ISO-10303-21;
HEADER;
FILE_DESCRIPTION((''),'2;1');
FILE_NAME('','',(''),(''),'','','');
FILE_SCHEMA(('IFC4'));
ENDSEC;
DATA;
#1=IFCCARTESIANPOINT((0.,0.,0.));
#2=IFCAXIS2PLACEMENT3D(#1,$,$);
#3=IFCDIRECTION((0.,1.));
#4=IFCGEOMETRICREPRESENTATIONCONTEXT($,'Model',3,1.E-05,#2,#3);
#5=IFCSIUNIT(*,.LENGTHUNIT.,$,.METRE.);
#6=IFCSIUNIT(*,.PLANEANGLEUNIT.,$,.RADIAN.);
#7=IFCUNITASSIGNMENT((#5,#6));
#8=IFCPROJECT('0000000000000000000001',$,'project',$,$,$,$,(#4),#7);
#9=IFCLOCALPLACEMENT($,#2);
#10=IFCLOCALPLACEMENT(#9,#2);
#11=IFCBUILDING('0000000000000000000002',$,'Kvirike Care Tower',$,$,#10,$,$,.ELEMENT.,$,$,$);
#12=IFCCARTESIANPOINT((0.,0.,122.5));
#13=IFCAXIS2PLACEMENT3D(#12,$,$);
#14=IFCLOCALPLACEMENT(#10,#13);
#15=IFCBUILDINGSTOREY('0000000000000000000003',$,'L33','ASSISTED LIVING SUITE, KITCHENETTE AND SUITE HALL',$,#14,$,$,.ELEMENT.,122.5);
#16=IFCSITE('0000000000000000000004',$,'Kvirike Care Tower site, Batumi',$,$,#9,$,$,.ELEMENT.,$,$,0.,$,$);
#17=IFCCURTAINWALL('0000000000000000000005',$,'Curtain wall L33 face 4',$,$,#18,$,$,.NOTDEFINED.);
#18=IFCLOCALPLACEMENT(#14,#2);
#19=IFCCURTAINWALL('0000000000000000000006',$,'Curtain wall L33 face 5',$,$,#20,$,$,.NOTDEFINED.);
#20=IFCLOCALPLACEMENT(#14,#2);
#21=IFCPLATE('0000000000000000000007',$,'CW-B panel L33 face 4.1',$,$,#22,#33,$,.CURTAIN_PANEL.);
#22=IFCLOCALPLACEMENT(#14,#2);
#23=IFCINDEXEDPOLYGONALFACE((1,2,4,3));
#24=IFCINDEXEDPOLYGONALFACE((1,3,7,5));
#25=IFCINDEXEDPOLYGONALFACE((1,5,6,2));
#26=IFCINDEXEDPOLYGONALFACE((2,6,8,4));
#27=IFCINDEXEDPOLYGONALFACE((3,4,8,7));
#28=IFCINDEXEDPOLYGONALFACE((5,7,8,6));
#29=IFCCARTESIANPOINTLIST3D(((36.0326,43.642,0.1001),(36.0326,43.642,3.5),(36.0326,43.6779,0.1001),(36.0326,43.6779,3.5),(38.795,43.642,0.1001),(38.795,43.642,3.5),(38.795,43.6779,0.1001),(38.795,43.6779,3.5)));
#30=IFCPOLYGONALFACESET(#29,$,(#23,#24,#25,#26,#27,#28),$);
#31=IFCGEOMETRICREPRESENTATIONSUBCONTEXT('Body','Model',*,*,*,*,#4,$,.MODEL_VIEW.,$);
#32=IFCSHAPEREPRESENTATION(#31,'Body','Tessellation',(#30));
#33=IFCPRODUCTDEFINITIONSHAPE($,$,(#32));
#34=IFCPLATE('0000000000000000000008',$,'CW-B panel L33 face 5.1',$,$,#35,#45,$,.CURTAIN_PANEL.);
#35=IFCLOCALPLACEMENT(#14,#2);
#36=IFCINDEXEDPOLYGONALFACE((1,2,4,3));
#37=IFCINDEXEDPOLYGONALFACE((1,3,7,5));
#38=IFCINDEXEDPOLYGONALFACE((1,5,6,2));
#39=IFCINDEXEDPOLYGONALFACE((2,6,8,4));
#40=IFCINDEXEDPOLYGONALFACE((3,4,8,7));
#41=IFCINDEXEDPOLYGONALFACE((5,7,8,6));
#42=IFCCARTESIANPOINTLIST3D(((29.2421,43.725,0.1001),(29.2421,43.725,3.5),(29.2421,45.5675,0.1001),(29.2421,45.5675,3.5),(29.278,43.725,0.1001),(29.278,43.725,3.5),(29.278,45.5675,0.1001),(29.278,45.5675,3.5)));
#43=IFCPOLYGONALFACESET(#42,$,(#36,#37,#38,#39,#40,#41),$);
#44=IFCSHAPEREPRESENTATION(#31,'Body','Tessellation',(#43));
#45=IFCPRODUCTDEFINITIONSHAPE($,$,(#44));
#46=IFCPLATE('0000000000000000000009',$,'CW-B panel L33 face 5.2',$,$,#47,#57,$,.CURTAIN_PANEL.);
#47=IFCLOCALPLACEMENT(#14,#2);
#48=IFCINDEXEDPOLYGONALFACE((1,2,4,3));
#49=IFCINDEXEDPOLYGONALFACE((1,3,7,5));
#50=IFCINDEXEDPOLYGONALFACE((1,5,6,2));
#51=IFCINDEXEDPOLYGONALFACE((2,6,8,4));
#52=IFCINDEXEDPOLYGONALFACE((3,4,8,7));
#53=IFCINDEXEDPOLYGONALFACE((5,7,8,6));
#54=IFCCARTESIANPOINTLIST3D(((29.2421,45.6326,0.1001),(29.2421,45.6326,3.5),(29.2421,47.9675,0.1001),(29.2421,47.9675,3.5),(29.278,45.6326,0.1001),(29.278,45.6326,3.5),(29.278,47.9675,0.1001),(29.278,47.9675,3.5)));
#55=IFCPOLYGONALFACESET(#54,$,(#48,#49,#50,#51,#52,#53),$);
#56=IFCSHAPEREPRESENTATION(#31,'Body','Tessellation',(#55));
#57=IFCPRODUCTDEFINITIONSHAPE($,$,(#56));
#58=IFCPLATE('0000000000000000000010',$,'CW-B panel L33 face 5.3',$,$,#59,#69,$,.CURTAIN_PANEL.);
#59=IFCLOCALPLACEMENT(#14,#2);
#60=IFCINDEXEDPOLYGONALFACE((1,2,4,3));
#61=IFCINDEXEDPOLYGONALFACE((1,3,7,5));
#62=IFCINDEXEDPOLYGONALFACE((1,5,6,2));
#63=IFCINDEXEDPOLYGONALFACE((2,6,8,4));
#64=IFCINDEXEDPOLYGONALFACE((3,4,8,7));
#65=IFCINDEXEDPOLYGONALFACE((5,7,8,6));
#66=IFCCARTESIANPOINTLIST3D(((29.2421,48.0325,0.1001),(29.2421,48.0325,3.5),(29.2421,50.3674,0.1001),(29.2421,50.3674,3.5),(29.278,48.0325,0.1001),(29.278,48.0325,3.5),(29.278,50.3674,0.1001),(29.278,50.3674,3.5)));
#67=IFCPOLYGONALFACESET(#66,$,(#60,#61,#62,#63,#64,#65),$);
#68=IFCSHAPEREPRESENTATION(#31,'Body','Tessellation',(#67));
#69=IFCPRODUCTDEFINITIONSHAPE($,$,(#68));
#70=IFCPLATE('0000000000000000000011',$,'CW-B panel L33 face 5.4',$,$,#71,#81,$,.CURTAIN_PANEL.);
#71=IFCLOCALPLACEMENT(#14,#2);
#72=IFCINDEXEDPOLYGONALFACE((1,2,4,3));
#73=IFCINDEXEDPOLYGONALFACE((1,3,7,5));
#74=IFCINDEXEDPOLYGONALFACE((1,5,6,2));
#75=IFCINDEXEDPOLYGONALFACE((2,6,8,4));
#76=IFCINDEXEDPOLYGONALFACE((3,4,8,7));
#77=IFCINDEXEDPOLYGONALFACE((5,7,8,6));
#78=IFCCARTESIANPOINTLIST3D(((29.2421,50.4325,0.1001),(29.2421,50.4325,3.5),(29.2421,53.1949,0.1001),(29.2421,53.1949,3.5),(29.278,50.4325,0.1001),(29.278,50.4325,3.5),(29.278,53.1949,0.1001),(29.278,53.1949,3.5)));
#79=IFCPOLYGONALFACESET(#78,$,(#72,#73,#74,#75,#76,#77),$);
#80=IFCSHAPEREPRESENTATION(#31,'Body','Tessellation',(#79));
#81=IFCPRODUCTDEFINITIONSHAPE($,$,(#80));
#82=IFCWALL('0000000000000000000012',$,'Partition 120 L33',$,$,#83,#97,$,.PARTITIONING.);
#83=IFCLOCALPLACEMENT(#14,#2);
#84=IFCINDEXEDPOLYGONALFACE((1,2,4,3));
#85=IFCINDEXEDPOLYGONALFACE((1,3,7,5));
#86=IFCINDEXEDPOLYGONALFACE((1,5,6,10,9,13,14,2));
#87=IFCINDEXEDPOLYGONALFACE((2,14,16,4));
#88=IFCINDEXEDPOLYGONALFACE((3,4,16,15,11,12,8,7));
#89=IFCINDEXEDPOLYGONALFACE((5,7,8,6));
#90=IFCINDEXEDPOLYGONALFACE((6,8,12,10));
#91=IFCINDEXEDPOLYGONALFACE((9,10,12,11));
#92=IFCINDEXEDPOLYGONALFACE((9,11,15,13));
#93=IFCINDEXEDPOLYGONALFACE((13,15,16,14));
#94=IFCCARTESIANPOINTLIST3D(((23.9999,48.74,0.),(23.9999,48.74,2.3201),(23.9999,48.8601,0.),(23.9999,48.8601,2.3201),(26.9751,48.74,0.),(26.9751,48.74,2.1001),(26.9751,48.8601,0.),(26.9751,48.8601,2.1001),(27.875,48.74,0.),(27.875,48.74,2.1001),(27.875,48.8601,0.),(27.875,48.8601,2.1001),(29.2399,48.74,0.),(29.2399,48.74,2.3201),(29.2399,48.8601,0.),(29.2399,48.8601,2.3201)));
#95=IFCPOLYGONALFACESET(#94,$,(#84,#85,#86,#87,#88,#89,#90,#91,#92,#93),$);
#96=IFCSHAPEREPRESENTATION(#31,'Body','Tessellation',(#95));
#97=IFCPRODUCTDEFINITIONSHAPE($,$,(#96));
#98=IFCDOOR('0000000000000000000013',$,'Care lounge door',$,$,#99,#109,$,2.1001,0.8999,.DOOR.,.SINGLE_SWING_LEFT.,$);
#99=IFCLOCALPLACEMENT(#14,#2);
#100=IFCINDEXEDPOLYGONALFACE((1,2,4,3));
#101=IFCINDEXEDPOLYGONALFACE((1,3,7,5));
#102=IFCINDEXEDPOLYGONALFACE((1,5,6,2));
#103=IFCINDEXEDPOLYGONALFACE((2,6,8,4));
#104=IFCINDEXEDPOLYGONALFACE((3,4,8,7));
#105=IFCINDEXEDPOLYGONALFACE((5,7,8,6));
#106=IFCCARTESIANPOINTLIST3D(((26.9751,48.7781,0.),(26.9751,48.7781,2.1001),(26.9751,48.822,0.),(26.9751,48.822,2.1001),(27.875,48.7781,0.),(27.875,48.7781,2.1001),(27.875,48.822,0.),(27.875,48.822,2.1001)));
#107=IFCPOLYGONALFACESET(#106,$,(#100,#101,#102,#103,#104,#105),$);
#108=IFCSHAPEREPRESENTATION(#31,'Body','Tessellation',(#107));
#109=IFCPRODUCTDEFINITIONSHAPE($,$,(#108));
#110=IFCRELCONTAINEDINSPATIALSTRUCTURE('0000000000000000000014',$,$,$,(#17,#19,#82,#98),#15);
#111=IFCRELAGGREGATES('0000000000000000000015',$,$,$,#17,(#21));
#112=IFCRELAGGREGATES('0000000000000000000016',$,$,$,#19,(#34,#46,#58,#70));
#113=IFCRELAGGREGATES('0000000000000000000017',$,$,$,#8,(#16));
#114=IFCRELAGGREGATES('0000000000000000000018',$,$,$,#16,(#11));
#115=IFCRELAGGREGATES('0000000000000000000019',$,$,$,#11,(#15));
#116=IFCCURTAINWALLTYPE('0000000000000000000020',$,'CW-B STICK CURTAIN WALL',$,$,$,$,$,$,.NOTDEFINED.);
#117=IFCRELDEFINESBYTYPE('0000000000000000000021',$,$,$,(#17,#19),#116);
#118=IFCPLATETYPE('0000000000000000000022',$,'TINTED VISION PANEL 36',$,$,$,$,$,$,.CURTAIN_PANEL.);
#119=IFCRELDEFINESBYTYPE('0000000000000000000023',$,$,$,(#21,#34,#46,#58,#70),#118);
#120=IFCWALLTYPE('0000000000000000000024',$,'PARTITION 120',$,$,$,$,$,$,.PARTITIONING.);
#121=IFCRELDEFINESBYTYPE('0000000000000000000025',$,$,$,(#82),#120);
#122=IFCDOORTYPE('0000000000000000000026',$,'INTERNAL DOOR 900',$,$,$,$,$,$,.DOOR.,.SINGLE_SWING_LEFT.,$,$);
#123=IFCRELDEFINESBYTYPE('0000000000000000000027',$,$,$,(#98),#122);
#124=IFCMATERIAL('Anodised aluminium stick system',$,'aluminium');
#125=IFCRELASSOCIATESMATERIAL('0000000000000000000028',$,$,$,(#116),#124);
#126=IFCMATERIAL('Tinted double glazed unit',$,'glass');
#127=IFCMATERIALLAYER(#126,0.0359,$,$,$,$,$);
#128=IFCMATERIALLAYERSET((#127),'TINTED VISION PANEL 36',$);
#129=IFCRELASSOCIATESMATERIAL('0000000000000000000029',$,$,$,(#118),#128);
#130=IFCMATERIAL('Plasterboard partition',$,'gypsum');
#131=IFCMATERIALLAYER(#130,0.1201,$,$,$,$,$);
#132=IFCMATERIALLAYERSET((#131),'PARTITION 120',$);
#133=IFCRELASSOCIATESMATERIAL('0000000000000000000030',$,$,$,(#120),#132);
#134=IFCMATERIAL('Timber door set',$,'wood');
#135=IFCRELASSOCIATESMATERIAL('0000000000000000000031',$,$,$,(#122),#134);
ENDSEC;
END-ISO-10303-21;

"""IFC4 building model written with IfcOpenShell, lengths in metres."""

from ifc_helpers import new_model, si_unit, direction, frame, frame_2d, origin, origin_2d, place, context, subcontext, project, spatial, rectangle, extrude, material, layer, layer_set, type_object, element, fill, aggregate, save


model = new_model("IFC4")

# Units and contexts
model_context = context("Model", 3, precision=1e-05, world=origin(), true_north=direction((0.0, 1.0)))
body_context = subcontext(model_context, "Body", "Model", "MODEL_VIEW")
ifc_project = project(units=[si_unit("LENGTHUNIT", "METRE"), si_unit("PLANEANGLEUNIT", "RADIAN")], contexts=[model_context])

# Site, building, storey
site_placement = place(None, origin())
site = spatial("IfcSite", under=ifc_project, at=site_placement, Name="Kvirike Care Tower site, Batumi", CompositionType="ELEMENT", RefElevation=0.0)
building_placement = place(site_placement, origin())
building = spatial("IfcBuilding", under=site, at=building_placement, Name="Kvirike Care Tower", CompositionType="ELEMENT")
storey_placement = place(building_placement, frame((0.0, 0.0, 122.5)))
storey = spatial("IfcBuildingStorey", under=building, at=storey_placement, Name="L33", Description="ASSISTED LIVING SUITE, KITCHENETTE AND SUITE HALL", CompositionType="ELEMENT", Elevation=122.5)

# Curtain walls
ifc_material_1 = material(Name="Anodised aluminium stick system", Category="aluminium")
curtain_wall_type = type_object("IfcCurtainWallType", Name="CW-B STICK CURTAIN WALL", PredefinedType="NOTDEFINED", material=ifc_material_1)
curtain_wall_1_placement = place(storey_placement, origin())
curtain_wall_1 = element("IfcCurtainWall", 1, at=curtain_wall_1_placement, inside=storey, type_object=curtain_wall_type, Name="Curtain wall L33 face 4", PredefinedType="NOTDEFINED")
curtain_wall_2_placement = place(storey_placement, origin())
curtain_wall_2 = element("IfcCurtainWall", 2, at=curtain_wall_2_placement, inside=storey, type_object=curtain_wall_type, Name="Curtain wall L33 face 5", PredefinedType="NOTDEFINED")

# Plates
ifc_material_2 = material(Name="Tinted double glazed unit", Category="glass")
ifc_layer_1 = layer(ifc_material_2, 0.0359)
ifc_layer_set_1 = layer_set([ifc_layer_1], Name="TINTED VISION PANEL 36")
plate_type = type_object("IfcPlateType", Name="TINTED VISION PANEL 36", PredefinedType="CURTAIN_PANEL", material=ifc_layer_set_1)
plate_1_placement = place(storey_placement, frame((37.4138, 43.6599, 0.1001), z_axis=(0.0, 0.0, 1.0), x_axis=(-1.0, 0.0, 0.0)))
plate_1 = element("IfcPlate", 3, at=plate_1_placement, type_object=plate_type, Name="CW-B panel L33 face 4.1", PredefinedType="CURTAIN_PANEL", context=body_context, shape_type="SweptSolid", body=[
    extrude(rectangle(XDim=2.7625, YDim=0.0359, at=origin_2d()), origin(), (0.0, 0.0, 1.0), 3.3999),
])
aggregate(curtain_wall_1, [plate_1])
plate_2_placement = place(storey_placement, frame((29.26, 44.6462, 0.1001), z_axis=(0.0, 0.0, 1.0), x_axis=(0.0, 1.0, 0.0)))
plate_2 = element("IfcPlate", 4, at=plate_2_placement, type_object=plate_type, Name="CW-B panel L33 face 5.1", PredefinedType="CURTAIN_PANEL", context=body_context, shape_type="SweptSolid", body=[
    extrude(rectangle(XDim=1.8425, YDim=0.0359, at=origin_2d()), origin(), (0.0, 0.0, 1.0), 3.3999),
])
plate_3_placement = place(storey_placement, frame((29.26, 46.8, 0.1001), z_axis=(0.0, 0.0, 1.0), x_axis=(0.0, 1.0, 0.0)))
plate_3 = element("IfcPlate", 5, at=plate_3_placement, type_object=plate_type, Name="CW-B panel L33 face 5.2", PredefinedType="CURTAIN_PANEL", context=body_context, shape_type="SweptSolid", body=[
    extrude(rectangle(XDim=2.335, YDim=0.0359, at=origin_2d()), origin(), (0.0, 0.0, 1.0), 3.3999),
])
plate_4_placement = place(storey_placement, frame((29.26, 49.2, 0.1001), z_axis=(0.0, 0.0, 1.0), x_axis=(0.0, 1.0, 0.0)))
plate_4 = element("IfcPlate", 6, at=plate_4_placement, type_object=plate_type, Name="CW-B panel L33 face 5.3", PredefinedType="CURTAIN_PANEL", context=body_context, shape_type="SweptSolid", body=[
    extrude(rectangle(XDim=2.335, YDim=0.0359, at=origin_2d()), origin(), (0.0, 0.0, 1.0), 3.3999),
])
plate_5_placement = place(storey_placement, frame((29.26, 51.8137, 0.1001), z_axis=(0.0, 0.0, 1.0), x_axis=(0.0, 1.0, 0.0)))
plate_5 = element("IfcPlate", 7, at=plate_5_placement, type_object=plate_type, Name="CW-B panel L33 face 5.4", PredefinedType="CURTAIN_PANEL", context=body_context, shape_type="SweptSolid", body=[
    extrude(rectangle(XDim=2.7625, YDim=0.0359, at=origin_2d()), origin(), (0.0, 0.0, 1.0), 3.3999),
])
aggregate(curtain_wall_2, [plate_2, plate_3, plate_4, plate_5])

# Wall, opening, door
ifc_material_3 = material(Name="Plasterboard partition", Category="gypsum")
ifc_layer_2 = layer(ifc_material_3, 0.1201)
ifc_layer_set_2 = layer_set([ifc_layer_2], Name="PARTITION 120")
wall_type = type_object("IfcWallType", Name="PARTITION 120", PredefinedType="PARTITIONING", material=ifc_layer_set_2)
wall_placement = place(storey_placement, frame((29.24, 48.8, 0.0), z_axis=(0.0, 0.0, 1.0), x_axis=(-1.0, 0.0, 0.0)))
wall = element("IfcWall", 8, at=wall_placement, inside=storey, type_object=wall_type, Name="Partition 120 L33", PredefinedType="PARTITIONING", context=body_context, shape_type="SweptSolid", body=[
    extrude(rectangle(XDim=5.24, YDim=0.1201, at=frame_2d((2.6201, 0.0))), origin(), (0.0, 0.0, 1.0), 2.3201),
])
opening_placement = place(wall_placement, frame((1.365, 0.0, 0.0)))
opening = element("IfcOpeningElement", 9, at=opening_placement, cuts=wall, PredefinedType="OPENING", context=body_context, shape_type="SweptSolid", body=[
    extrude(rectangle(XDim=0.8999, YDim=2.1001, at=frame_2d((0.45, 1.05))), frame((0.0, 0.0706, 0.0), z_axis=(0.0, -1.0, 0.0), x_axis=(1.0, 0.0, 0.0)), (0.0, 0.0, 1.0), 0.1411),
])
ifc_material_4 = material(Name="Timber door set", Category="wood")
door_type = type_object("IfcDoorType", Name="INTERNAL DOOR 900", OperationType="SINGLE_SWING_LEFT", PredefinedType="DOOR", material=ifc_material_4)
door_placement = place(opening_placement, origin())
door = element("IfcDoor", 10, at=door_placement, inside=storey, type_object=door_type, Name="Care lounge door", OperationType="SINGLE_SWING_LEFT", OverallHeight=2.1001, OverallWidth=0.8999, PredefinedType="DOOR", context=body_context, shape_type="SweptSolid", body=[
    extrude(rectangle(XDim=0.8999, YDim=2.1001, at=frame_2d((0.45, 1.05))), frame((0.0, 0.022, 0.0), z_axis=(0.0, -1.0, 0.0), x_axis=(1.0, 0.0, 0.0)), (0.0, 0.0, 1.0), 0.0439),
])
fill(opening, door)

save(model, "model.ifc")
